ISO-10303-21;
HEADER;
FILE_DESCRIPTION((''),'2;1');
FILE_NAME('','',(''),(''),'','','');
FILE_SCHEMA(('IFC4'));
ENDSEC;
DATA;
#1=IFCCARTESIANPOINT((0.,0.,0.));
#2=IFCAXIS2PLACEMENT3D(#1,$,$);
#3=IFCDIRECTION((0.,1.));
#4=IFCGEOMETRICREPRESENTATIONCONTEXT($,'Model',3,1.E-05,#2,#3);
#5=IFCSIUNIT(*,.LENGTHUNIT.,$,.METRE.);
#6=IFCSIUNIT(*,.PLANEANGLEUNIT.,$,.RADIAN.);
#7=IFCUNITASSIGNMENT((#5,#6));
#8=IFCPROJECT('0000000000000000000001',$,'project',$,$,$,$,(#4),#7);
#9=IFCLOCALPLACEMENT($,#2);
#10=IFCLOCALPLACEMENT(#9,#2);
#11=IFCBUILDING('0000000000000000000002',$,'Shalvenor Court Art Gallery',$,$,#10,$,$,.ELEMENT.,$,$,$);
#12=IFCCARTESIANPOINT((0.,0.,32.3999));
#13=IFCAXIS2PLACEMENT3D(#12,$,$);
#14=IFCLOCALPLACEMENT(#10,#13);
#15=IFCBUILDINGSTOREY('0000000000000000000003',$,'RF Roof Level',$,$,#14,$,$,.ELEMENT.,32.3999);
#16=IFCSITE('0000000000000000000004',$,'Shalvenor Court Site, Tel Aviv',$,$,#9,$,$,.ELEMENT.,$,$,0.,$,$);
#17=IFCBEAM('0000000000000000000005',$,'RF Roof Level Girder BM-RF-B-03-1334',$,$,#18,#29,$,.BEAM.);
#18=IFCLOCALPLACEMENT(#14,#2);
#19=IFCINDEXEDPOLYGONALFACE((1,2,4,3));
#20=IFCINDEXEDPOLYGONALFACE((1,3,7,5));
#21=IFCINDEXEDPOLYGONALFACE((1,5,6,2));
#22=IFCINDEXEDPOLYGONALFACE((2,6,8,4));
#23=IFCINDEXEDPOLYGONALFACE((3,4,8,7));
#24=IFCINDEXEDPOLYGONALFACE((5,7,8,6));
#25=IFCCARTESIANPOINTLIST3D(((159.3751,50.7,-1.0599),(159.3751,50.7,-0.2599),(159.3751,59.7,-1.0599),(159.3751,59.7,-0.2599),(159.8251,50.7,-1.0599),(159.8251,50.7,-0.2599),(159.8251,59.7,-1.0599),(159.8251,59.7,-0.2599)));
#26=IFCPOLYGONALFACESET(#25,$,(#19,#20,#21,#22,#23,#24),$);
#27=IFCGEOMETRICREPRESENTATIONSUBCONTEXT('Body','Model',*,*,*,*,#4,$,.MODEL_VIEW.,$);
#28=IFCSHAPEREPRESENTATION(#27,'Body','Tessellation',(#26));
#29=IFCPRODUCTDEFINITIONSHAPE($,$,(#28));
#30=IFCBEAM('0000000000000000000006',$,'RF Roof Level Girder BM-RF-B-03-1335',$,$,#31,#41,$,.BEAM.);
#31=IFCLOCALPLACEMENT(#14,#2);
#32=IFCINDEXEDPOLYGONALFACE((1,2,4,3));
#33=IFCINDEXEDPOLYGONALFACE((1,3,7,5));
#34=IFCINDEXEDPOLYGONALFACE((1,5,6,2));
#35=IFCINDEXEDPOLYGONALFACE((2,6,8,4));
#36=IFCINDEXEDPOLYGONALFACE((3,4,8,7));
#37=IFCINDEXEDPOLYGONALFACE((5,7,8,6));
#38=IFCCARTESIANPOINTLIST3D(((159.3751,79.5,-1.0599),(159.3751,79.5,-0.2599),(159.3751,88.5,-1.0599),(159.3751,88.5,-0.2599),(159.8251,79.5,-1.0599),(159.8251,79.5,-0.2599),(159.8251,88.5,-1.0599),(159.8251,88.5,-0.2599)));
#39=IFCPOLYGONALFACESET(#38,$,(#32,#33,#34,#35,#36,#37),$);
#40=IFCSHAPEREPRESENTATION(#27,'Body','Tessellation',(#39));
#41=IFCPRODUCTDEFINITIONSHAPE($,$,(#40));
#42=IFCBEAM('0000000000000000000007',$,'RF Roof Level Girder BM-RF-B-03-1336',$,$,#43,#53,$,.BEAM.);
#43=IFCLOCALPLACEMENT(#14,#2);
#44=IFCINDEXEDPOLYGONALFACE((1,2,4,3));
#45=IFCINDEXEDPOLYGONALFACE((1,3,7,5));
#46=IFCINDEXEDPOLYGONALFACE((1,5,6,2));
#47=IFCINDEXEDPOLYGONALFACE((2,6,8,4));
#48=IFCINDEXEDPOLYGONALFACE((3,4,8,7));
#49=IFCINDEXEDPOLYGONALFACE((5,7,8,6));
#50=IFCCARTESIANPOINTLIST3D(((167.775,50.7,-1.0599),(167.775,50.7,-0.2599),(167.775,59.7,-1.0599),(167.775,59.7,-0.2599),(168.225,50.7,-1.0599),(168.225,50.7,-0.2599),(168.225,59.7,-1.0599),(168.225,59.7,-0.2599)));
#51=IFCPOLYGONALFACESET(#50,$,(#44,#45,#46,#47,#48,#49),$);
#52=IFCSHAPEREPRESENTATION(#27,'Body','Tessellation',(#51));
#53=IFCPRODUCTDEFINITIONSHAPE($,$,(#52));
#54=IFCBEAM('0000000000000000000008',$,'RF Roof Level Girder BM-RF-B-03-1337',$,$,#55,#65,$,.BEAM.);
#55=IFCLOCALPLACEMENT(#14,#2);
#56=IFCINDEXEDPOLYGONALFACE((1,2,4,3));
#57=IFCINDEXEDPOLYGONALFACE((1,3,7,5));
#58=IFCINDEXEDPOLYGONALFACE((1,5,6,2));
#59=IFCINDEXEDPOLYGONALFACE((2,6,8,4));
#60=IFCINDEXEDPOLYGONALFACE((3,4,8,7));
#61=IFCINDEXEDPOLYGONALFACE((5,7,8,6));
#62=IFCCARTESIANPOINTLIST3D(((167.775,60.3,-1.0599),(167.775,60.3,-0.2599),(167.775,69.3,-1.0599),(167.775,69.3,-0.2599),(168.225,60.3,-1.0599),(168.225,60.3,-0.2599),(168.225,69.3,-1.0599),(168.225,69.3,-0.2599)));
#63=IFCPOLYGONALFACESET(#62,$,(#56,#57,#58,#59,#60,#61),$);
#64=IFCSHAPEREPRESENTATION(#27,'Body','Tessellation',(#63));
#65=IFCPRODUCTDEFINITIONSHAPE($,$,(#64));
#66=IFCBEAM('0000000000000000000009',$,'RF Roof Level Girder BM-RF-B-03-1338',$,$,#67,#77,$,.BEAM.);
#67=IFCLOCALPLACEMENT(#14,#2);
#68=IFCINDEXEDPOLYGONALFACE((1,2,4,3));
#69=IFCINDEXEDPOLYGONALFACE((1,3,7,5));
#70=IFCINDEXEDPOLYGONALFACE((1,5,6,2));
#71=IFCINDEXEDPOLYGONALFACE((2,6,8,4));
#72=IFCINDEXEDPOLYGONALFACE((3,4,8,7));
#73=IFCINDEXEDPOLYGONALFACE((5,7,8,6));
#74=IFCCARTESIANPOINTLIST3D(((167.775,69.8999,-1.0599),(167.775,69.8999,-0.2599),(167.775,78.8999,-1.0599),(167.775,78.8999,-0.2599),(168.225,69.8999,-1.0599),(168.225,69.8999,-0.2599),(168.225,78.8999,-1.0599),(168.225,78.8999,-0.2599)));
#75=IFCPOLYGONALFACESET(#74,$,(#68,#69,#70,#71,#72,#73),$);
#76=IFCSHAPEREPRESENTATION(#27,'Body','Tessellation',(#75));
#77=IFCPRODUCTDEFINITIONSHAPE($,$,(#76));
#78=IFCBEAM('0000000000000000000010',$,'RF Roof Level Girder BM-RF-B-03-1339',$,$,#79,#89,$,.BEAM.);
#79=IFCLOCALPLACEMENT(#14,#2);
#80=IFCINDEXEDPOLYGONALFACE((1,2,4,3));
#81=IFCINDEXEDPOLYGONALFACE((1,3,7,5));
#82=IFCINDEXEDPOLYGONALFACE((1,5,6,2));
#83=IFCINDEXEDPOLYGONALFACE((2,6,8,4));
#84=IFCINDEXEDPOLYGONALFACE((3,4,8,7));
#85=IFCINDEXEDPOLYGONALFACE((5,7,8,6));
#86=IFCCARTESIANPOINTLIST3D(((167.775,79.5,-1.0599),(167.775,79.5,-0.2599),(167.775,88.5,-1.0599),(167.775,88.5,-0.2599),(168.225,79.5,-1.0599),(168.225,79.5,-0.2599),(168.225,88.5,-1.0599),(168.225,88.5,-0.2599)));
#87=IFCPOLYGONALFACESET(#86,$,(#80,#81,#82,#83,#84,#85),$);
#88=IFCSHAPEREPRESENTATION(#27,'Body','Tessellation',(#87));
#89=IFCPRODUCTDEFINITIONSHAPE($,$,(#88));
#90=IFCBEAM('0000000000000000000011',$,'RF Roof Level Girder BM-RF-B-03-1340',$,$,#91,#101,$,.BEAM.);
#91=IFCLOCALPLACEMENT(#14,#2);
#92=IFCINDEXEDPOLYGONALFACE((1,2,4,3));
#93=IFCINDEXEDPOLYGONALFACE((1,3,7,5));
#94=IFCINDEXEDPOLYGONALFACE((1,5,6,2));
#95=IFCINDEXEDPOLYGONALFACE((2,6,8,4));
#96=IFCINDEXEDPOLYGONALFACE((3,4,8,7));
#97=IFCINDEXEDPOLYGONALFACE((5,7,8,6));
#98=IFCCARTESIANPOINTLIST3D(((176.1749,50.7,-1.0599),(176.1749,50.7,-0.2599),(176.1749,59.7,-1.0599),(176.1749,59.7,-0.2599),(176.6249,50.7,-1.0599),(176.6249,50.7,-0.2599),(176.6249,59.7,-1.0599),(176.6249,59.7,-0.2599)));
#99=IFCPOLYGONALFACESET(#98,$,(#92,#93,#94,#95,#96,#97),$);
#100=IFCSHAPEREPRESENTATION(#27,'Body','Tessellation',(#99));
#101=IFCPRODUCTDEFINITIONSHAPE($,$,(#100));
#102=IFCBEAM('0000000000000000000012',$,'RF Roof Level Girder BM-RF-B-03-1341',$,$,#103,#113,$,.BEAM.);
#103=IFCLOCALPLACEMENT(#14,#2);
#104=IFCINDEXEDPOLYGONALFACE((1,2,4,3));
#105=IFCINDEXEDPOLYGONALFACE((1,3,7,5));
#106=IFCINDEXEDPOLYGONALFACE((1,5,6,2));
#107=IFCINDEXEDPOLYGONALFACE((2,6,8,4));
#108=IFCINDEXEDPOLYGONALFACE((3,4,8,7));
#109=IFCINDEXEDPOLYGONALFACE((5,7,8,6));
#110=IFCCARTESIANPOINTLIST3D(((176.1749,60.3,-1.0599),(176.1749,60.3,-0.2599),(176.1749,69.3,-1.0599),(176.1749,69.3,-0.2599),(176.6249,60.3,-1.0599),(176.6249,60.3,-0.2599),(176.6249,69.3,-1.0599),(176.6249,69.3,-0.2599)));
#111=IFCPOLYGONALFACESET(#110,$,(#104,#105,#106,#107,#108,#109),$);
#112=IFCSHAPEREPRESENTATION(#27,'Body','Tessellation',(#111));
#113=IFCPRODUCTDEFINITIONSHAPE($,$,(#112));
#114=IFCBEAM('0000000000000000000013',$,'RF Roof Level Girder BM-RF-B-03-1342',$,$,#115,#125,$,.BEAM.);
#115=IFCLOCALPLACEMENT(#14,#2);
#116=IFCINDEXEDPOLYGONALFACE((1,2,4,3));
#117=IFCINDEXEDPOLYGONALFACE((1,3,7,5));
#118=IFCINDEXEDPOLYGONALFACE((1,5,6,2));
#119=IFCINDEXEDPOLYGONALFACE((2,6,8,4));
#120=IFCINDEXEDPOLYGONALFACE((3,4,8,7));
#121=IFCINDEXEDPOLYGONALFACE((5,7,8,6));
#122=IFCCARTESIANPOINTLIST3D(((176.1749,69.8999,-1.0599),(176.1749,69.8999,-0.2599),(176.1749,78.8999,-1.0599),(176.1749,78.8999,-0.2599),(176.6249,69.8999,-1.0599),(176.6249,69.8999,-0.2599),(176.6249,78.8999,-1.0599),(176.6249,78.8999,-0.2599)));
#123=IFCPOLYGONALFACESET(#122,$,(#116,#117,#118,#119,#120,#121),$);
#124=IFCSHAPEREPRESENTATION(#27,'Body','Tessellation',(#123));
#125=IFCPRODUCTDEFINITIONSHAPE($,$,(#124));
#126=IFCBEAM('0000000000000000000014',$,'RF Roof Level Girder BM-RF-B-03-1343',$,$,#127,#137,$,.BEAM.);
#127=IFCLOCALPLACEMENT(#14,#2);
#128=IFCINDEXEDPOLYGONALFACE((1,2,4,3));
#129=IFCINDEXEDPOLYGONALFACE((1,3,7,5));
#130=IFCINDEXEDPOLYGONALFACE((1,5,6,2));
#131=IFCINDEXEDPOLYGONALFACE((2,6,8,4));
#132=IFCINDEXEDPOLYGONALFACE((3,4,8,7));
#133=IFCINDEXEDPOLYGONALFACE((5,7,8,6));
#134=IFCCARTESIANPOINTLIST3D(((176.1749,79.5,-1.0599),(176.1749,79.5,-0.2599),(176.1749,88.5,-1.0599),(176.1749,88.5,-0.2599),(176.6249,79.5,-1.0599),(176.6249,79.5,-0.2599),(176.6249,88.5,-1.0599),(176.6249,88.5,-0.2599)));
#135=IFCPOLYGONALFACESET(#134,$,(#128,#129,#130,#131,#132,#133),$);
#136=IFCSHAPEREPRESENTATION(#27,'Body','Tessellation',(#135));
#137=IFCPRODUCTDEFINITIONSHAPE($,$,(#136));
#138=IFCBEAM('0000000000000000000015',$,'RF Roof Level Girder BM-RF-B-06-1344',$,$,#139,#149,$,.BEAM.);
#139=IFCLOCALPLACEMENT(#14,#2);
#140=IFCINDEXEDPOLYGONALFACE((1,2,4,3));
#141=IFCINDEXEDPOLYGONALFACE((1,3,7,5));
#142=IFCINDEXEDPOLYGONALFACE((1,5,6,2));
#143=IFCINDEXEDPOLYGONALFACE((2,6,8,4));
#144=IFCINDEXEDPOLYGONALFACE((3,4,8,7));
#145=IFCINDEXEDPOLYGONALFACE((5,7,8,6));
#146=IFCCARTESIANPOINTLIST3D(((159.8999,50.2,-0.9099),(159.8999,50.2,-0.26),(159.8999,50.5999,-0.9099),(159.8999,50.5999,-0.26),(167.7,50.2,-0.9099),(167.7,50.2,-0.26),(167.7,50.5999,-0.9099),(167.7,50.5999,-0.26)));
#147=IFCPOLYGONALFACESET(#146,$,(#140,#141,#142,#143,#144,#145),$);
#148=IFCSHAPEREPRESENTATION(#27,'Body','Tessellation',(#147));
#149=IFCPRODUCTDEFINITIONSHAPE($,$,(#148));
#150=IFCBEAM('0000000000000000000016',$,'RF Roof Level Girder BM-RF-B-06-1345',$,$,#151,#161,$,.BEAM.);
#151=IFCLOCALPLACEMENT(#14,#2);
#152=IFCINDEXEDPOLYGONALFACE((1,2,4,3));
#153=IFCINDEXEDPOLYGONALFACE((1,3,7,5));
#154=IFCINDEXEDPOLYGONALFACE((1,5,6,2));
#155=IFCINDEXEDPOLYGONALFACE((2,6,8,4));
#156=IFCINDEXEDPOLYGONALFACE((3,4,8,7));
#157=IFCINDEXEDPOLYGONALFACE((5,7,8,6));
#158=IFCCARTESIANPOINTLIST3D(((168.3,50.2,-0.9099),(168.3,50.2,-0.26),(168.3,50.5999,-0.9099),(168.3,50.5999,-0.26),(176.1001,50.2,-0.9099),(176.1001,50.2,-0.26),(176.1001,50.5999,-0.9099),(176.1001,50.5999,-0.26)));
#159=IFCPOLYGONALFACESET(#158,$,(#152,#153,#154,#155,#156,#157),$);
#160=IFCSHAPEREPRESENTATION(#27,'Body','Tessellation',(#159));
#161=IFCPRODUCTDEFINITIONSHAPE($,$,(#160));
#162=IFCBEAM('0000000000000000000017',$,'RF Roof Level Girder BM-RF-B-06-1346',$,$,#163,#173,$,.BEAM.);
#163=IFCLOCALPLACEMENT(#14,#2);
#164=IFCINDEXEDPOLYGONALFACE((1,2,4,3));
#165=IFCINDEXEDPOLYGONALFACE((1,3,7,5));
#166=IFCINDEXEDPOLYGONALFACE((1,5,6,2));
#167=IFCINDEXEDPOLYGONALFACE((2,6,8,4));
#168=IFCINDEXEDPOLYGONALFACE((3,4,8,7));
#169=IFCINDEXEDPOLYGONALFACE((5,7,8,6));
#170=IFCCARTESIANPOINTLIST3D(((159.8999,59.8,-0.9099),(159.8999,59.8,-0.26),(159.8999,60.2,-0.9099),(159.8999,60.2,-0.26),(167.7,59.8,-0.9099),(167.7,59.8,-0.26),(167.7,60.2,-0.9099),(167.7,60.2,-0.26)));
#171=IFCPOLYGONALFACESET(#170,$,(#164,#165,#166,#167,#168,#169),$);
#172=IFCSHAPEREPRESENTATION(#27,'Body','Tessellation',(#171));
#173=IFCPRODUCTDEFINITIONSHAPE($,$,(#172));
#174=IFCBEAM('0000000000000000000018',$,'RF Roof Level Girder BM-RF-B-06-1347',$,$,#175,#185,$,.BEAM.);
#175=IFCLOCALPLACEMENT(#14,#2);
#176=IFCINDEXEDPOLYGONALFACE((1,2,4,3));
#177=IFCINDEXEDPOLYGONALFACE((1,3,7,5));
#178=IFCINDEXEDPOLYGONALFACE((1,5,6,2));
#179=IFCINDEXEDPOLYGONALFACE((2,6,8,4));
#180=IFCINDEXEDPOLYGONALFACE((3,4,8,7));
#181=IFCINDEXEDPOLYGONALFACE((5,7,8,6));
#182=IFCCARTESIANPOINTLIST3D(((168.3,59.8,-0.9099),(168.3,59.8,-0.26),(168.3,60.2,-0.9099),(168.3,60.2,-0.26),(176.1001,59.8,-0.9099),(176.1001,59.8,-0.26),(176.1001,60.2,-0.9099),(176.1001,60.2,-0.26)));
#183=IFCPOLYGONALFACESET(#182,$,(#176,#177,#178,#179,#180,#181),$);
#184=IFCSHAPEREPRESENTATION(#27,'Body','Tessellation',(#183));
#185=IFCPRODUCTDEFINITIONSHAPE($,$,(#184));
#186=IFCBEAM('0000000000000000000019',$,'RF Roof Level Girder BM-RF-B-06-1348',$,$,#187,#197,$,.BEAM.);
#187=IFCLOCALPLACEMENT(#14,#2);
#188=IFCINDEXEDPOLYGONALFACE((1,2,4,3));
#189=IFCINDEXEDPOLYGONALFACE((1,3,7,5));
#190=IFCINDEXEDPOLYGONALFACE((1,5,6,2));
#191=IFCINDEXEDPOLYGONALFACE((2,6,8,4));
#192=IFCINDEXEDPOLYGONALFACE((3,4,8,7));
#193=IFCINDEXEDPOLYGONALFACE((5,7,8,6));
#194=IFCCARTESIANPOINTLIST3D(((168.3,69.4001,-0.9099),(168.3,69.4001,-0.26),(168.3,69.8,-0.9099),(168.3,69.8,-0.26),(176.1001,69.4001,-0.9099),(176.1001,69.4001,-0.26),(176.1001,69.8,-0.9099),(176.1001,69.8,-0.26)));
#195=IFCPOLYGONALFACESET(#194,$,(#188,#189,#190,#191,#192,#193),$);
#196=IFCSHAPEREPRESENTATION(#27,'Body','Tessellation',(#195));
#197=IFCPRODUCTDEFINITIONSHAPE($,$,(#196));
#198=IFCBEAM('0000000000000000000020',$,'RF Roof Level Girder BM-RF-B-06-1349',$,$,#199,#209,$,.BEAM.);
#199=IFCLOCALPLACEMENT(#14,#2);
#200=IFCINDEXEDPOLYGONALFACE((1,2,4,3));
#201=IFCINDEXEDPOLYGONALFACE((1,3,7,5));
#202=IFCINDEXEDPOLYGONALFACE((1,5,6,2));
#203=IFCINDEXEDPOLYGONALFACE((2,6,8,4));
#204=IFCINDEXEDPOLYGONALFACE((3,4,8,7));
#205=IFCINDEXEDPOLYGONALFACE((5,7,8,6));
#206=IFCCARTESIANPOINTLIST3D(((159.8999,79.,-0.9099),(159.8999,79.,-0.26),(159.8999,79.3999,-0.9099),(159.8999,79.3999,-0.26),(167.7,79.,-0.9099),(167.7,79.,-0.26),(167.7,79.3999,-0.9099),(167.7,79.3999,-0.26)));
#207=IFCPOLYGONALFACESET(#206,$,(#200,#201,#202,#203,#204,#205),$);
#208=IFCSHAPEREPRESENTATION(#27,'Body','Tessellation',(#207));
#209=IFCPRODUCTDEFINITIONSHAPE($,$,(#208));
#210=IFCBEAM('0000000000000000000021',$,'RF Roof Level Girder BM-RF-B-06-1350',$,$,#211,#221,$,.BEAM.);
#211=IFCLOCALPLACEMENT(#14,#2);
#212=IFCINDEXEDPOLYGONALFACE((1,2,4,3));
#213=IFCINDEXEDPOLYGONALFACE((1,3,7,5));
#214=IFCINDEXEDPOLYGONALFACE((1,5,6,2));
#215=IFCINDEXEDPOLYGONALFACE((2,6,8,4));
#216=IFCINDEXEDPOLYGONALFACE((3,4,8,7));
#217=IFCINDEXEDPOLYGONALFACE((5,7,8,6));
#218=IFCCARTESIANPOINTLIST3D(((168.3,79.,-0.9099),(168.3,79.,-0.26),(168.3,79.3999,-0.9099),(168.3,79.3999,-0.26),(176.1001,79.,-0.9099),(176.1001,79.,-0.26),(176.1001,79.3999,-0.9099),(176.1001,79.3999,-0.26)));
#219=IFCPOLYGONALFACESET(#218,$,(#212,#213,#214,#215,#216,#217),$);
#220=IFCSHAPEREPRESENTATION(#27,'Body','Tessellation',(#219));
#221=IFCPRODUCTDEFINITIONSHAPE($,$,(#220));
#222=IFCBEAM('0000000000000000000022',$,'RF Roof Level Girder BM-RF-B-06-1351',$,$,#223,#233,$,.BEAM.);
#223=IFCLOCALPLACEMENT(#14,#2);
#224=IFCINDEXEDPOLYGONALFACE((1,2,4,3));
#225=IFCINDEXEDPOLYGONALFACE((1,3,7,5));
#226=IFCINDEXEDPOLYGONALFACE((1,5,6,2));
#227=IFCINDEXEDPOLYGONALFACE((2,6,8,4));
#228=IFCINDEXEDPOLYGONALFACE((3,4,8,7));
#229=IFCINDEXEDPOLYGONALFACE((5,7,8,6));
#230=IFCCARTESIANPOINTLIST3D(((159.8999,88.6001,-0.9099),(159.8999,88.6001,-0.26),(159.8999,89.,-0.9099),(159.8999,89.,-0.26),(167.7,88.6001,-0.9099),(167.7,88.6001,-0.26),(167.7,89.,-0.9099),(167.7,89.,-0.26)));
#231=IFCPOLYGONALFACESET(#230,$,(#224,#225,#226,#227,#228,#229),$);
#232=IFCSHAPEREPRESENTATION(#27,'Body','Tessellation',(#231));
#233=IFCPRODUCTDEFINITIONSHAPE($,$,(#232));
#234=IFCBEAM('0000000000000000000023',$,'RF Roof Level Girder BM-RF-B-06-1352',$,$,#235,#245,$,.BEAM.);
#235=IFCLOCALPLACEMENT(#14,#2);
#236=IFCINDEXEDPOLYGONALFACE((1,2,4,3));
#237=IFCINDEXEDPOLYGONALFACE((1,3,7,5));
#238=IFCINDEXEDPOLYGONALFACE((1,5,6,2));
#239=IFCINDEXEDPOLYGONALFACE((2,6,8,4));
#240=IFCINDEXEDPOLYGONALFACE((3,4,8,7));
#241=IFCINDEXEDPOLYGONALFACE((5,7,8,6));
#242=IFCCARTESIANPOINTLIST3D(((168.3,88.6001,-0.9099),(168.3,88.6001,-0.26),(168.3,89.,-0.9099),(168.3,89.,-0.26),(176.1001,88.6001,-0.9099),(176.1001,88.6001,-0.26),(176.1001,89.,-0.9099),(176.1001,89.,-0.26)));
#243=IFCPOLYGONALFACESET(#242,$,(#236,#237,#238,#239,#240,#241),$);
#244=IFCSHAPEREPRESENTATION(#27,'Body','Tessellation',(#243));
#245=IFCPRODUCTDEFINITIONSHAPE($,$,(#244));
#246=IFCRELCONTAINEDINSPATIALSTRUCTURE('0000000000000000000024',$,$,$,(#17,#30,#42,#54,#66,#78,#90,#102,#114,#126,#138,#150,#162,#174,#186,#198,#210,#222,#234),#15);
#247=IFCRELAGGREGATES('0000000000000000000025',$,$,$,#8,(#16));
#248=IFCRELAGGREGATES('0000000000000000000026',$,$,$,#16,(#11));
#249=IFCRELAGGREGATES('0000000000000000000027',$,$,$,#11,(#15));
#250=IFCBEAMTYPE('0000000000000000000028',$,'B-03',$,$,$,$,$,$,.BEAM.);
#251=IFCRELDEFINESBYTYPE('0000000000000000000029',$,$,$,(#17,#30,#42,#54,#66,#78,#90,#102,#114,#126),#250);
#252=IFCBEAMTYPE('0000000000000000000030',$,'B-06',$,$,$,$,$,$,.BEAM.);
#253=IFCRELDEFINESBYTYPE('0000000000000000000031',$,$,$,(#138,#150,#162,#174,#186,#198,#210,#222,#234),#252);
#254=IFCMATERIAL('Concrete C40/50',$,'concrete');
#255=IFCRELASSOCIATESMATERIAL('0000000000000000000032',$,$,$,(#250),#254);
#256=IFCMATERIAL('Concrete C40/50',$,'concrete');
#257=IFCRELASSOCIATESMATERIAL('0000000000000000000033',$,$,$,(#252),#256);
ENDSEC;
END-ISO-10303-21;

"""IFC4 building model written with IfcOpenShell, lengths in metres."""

from ifc_helpers import new_model, si_unit, direction, frame, origin, origin_2d, place, context, subcontext, project, spatial, rectangle, extrude, material, material_profile, profile_set, type_object, element, save


model = new_model("IFC4")

# Units and contexts
model_context = context("Model", 3, precision=1e-05, world=origin(), true_north=direction((0.0, 1.0)))
body_context = subcontext(model_context, "Body", "Model", "MODEL_VIEW")
ifc_project = project(units=[si_unit("LENGTHUNIT", "METRE"), si_unit("PLANEANGLEUNIT", "RADIAN")], contexts=[model_context])

# Site, building, storey
site_placement = place(None, origin())
site = spatial("IfcSite", under=ifc_project, at=site_placement, Name="Shalvenor Court Site, Tel Aviv", CompositionType="ELEMENT", RefElevation=0.0)
building_placement = place(site_placement, origin())
building = spatial("IfcBuilding", under=site, at=building_placement, Name="Shalvenor Court Art Gallery", CompositionType="ELEMENT")
storey_placement = place(building_placement, frame((0.0, 0.0, 32.3999)))
storey = spatial("IfcBuildingStorey", under=building, at=storey_placement, Name="RF Roof Level", CompositionType="ELEMENT", Elevation=32.3999)

# Beams
ifc_material_1 = material(Name="Concrete C40/50", Category="concrete")
ifc_material_profile_1 = material_profile(ifc_material_1, rectangle(XDim=0.45, YDim=0.8, at=origin_2d()), Name="RC 450x800")
ifc_profile_set_1 = profile_set([ifc_material_profile_1], Name="Concrete C40/50")
beam_type_1 = type_object("IfcBeamType", Name="B-03", PredefinedType="BEAM", material=ifc_profile_set_1)
for number, where, z_axis, x_axis, name in (
    (1, (159.6001, 50.7, -0.6599), (0.0, 1.0, 0.0), (-1.0, 0.0, 0.0), "RF Roof Level Girder BM-RF-B-03-1334"),
    (2, (159.6001, 79.5, -0.6599), (0.0, 1.0, 0.0), (-1.0, 0.0, 0.0), "RF Roof Level Girder BM-RF-B-03-1335"),
    (3, (168.0, 50.7, -0.6599), (0.0, 1.0, 0.0), (-1.0, 0.0, 0.0), "RF Roof Level Girder BM-RF-B-03-1336"),
    (4, (168.0, 60.3, -0.6599), (0.0, 1.0, 0.0), (-1.0, 0.0, 0.0), "RF Roof Level Girder BM-RF-B-03-1337"),
    (5, (168.0, 69.8999, -0.6599), (0.0, 1.0, 0.0), (-1.0, 0.0, 0.0), "RF Roof Level Girder BM-RF-B-03-1338"),
    (6, (168.0, 79.5, -0.6599), (0.0, 1.0, 0.0), (-1.0, 0.0, 0.0), "RF Roof Level Girder BM-RF-B-03-1339"),
    (7, (176.3999, 50.7, -0.6599), (0.0, 1.0, 0.0), (-1.0, 0.0, 0.0), "RF Roof Level Girder BM-RF-B-03-1340"),
    (8, (176.3999, 60.3, -0.6599), (0.0, 1.0, 0.0), (-1.0, 0.0, 0.0), "RF Roof Level Girder BM-RF-B-03-1341"),
    (9, (176.3999, 69.8999, -0.6599), (0.0, 1.0, 0.0), (-1.0, 0.0, 0.0), "RF Roof Level Girder BM-RF-B-03-1342"),
    (10, (176.3999, 79.5, -0.6599), (0.0, 1.0, 0.0), (-1.0, 0.0, 0.0), "RF Roof Level Girder BM-RF-B-03-1343"),
):
    element("IfcBeam", number, at=place(storey_placement, frame(where, z_axis=z_axis, x_axis=x_axis)), inside=storey, type_object=beam_type_1, Name=name, PredefinedType="BEAM", context=body_context, shape_type="SweptSolid", body=[
        extrude(rectangle(XDim=0.45, YDim=0.8, at=origin_2d()), origin(), (0.0, 0.0, 1.0), 9.0),
    ])
ifc_material_2 = material(Name="Concrete C40/50", Category="concrete")
ifc_material_profile_2 = material_profile(ifc_material_2, rectangle(XDim=0.3999, YDim=0.6499, at=origin_2d()), Name="RC 400x650")
ifc_profile_set_2 = profile_set([ifc_material_profile_2], Name="Concrete C40/50")
beam_type_2 = type_object("IfcBeamType", Name="B-06", PredefinedType="BEAM", material=ifc_profile_set_2)
for number, where, z_axis, x_axis, name in (
    (11, (159.8999, 50.3999, -0.585), (1.0, 0.0, 0.0), (0.0, 1.0, 0.0), "RF Roof Level Girder BM-RF-B-06-1344"),
    (12, (168.3, 50.3999, -0.585), (1.0, 0.0, 0.0), (0.0, 1.0, 0.0), "RF Roof Level Girder BM-RF-B-06-1345"),
    (13, (159.8999, 60.0, -0.585), (1.0, 0.0, 0.0), (0.0, 1.0, 0.0), "RF Roof Level Girder BM-RF-B-06-1346"),
    (14, (168.3, 60.0, -0.585), (1.0, 0.0, 0.0), (0.0, 1.0, 0.0), "RF Roof Level Girder BM-RF-B-06-1347"),
    (15, (168.3, 69.6001, -0.585), (1.0, 0.0, 0.0), (0.0, 1.0, 0.0), "RF Roof Level Girder BM-RF-B-06-1348"),
    (16, (159.8999, 79.2, -0.585), (1.0, 0.0, 0.0), (0.0, 1.0, 0.0), "RF Roof Level Girder BM-RF-B-06-1349"),
    (17, (168.3, 79.2, -0.585), (1.0, 0.0, 0.0), (0.0, 1.0, 0.0), "RF Roof Level Girder BM-RF-B-06-1350"),
    (18, (159.8999, 88.8, -0.585), (1.0, 0.0, 0.0), (0.0, 1.0, 0.0), "RF Roof Level Girder BM-RF-B-06-1351"),
    (19, (168.3, 88.8, -0.585), (1.0, 0.0, 0.0), (0.0, 1.0, 0.0), "RF Roof Level Girder BM-RF-B-06-1352"),
):
    element("IfcBeam", number, at=place(storey_placement, frame(where, z_axis=z_axis, x_axis=x_axis)), inside=storey, type_object=beam_type_2, Name=name, PredefinedType="BEAM", context=body_context, shape_type="SweptSolid", body=[
        extrude(rectangle(XDim=0.3999, YDim=0.6499, at=origin_2d()), origin(), (0.0, 0.0, 1.0), 7.8),
    ])

save(model, "model.ifc")
